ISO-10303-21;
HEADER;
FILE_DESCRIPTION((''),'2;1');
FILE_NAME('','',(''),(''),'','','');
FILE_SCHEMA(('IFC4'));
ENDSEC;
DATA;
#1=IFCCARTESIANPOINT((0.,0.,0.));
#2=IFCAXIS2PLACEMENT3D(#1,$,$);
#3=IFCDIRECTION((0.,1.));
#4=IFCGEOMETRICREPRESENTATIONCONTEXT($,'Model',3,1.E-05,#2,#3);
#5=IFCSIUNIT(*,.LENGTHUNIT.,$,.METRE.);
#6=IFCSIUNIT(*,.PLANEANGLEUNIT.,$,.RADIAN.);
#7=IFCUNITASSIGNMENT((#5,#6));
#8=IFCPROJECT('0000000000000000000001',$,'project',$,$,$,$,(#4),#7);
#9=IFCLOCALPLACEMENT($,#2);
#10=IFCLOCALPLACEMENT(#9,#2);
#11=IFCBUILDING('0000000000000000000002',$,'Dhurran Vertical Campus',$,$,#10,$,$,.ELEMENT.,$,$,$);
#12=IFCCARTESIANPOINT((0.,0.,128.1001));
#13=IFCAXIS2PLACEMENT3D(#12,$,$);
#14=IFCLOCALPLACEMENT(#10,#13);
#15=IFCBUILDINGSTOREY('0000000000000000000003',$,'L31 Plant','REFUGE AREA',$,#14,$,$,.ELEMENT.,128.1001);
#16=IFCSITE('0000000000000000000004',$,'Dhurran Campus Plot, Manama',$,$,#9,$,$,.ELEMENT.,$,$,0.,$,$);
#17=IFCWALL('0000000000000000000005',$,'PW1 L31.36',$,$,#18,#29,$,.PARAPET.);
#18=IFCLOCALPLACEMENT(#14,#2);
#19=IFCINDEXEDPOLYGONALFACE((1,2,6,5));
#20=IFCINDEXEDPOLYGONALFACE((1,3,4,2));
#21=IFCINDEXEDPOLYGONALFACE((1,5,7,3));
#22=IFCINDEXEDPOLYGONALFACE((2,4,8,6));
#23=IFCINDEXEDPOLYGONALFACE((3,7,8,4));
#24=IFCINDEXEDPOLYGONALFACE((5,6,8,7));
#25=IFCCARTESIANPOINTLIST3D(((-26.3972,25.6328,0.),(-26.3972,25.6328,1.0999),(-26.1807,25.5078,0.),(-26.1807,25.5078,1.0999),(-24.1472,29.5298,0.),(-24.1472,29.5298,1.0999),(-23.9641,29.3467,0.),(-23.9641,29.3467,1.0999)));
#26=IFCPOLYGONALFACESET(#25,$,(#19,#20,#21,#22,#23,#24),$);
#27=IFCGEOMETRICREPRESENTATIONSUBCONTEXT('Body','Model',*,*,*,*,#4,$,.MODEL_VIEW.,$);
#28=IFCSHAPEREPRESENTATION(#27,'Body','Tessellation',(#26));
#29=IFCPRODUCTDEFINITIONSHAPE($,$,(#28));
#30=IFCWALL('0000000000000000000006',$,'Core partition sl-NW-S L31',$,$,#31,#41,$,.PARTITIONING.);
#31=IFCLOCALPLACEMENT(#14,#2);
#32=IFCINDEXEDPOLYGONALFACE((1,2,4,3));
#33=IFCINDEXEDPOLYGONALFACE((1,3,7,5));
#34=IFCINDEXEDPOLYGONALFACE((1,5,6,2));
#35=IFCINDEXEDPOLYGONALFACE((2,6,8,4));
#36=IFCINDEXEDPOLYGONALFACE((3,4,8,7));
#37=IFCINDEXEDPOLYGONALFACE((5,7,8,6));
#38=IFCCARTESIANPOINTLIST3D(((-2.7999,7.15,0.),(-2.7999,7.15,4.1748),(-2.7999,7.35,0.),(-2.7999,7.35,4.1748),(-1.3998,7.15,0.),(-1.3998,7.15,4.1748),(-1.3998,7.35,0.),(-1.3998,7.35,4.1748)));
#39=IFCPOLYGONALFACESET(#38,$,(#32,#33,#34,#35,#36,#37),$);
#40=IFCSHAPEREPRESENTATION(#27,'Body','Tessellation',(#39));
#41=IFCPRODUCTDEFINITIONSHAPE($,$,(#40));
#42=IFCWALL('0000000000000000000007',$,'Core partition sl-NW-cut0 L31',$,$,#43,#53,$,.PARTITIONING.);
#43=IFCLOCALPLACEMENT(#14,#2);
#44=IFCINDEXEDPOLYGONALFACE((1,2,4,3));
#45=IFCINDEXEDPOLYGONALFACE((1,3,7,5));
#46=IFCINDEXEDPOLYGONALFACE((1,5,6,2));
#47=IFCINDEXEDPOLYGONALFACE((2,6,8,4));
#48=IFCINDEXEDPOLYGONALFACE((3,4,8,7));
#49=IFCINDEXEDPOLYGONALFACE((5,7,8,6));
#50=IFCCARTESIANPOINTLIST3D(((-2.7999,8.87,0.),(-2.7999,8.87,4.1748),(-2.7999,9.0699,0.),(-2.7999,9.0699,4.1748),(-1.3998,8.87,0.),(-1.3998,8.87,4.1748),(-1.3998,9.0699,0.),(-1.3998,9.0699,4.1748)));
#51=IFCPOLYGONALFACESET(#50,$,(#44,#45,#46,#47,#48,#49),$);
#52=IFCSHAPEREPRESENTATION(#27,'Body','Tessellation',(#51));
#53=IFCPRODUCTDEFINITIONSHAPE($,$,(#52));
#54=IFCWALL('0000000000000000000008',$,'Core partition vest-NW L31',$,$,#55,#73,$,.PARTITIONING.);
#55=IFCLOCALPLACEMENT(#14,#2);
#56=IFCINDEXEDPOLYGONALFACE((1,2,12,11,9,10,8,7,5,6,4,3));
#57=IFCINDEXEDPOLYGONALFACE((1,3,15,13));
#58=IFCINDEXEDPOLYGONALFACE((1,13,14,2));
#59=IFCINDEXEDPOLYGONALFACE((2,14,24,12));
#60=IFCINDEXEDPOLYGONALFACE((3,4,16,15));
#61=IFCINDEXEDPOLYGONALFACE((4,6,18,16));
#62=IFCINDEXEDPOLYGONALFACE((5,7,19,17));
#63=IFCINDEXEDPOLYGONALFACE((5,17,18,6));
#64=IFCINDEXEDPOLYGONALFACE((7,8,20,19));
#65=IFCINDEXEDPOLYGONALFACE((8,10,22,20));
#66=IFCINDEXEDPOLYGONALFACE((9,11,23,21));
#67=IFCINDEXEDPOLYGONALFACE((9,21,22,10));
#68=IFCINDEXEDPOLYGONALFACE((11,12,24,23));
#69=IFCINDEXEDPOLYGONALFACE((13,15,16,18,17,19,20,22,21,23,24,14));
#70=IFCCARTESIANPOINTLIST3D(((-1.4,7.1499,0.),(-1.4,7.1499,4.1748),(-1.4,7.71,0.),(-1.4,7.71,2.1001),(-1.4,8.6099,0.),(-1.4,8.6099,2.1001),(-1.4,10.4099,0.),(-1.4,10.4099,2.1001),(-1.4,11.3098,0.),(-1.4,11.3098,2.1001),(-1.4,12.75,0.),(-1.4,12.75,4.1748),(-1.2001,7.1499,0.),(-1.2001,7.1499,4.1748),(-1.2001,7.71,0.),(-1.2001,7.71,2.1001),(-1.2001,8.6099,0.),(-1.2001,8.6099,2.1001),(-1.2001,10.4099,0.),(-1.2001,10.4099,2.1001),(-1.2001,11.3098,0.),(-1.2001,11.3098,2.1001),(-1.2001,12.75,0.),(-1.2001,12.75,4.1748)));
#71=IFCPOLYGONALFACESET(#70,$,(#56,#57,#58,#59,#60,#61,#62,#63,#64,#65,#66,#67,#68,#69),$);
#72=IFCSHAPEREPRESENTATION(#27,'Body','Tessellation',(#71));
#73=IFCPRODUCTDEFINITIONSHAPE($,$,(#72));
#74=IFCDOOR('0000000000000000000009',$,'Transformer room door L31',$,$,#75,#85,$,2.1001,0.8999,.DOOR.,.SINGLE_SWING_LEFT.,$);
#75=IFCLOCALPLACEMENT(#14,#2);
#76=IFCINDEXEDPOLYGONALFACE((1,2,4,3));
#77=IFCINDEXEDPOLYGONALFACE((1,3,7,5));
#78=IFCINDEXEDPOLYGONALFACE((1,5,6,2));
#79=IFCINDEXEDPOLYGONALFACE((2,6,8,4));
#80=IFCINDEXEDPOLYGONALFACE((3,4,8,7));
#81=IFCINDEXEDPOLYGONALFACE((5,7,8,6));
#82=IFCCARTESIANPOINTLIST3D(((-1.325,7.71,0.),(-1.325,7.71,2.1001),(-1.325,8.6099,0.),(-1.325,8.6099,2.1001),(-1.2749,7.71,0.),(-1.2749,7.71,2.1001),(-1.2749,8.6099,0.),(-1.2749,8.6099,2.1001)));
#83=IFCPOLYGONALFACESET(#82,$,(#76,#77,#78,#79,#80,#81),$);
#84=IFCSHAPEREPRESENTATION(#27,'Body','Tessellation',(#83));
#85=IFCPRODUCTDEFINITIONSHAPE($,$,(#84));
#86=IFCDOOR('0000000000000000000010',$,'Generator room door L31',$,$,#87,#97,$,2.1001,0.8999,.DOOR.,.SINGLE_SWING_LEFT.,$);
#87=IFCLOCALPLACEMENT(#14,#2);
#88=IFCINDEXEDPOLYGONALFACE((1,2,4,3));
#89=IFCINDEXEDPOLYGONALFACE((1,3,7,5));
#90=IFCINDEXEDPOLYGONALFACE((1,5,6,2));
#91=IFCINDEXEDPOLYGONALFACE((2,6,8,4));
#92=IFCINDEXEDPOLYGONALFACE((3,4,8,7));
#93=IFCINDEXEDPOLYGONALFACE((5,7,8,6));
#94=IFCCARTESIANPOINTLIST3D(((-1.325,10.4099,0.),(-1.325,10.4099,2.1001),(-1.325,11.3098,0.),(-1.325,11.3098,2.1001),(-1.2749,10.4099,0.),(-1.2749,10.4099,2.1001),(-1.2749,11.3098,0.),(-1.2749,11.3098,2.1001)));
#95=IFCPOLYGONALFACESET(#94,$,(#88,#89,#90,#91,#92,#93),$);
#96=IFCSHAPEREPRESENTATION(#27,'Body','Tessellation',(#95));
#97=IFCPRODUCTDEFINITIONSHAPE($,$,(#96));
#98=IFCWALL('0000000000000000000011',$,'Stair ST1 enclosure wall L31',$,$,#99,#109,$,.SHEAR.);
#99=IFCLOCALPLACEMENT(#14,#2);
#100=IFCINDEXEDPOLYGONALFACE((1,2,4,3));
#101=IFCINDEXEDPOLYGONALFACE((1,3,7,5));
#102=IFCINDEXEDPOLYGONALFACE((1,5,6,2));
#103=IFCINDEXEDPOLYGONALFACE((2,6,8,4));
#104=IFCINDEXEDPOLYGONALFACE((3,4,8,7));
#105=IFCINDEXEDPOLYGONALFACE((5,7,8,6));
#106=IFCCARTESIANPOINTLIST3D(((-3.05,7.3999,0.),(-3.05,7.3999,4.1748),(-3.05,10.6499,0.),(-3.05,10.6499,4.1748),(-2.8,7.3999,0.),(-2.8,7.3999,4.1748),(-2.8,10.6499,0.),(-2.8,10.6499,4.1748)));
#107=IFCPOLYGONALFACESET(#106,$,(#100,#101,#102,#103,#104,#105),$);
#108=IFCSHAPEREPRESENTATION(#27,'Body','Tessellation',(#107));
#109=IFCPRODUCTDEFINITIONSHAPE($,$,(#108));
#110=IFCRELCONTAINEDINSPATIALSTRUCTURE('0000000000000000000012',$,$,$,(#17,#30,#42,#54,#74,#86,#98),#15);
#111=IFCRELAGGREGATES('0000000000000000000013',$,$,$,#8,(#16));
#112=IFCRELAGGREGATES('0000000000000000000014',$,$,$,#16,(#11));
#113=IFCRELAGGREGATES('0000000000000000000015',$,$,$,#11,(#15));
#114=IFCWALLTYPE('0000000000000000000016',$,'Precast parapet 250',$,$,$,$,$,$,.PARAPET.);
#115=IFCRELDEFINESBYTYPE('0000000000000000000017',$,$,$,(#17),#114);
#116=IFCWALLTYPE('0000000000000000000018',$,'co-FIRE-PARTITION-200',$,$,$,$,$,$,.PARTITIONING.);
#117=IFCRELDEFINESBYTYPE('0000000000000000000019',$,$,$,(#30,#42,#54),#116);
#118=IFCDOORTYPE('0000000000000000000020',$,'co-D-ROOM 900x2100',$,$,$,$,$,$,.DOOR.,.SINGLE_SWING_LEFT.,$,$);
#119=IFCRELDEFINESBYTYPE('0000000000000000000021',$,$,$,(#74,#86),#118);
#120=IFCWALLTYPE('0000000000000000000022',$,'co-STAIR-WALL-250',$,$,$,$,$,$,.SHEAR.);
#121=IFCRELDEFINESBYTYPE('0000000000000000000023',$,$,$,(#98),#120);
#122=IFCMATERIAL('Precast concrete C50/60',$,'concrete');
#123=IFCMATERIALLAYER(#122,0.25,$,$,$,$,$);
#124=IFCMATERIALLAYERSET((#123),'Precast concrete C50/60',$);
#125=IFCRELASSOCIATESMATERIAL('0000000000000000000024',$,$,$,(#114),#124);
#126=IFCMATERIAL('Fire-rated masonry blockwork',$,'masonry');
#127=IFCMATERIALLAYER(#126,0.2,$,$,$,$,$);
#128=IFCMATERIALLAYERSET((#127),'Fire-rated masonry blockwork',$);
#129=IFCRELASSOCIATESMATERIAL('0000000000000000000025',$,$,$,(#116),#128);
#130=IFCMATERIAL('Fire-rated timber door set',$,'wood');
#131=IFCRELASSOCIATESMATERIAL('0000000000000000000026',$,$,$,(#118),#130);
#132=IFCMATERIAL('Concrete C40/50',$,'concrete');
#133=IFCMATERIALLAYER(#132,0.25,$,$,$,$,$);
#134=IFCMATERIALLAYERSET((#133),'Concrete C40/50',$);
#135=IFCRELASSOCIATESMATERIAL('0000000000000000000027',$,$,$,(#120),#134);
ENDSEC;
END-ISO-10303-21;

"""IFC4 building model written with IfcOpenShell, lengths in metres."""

from ifc_helpers import new_model, si_unit, direction, frame, frame_2d, origin, place, context, subcontext, project, spatial, polyline, rectangle, outline, extrude, material, layer, layer_set, type_object, element, fill, save


model = new_model("IFC4")

# Units and contexts
model_context = context("Model", 3, precision=1e-05, world=origin(), true_north=direction((0.0, 1.0)))
body_context = subcontext(model_context, "Body", "Model", "MODEL_VIEW")
ifc_project = project(units=[si_unit("LENGTHUNIT", "METRE"), si_unit("PLANEANGLEUNIT", "RADIAN")], contexts=[model_context])

# Site, building, storey
site_placement = place(None, origin())
site = spatial("IfcSite", under=ifc_project, at=site_placement, Name="Dhurran Campus Plot, Manama", CompositionType="ELEMENT", RefElevation=0.0)
building_placement = place(site_placement, origin())
building = spatial("IfcBuilding", under=site, at=building_placement, Name="Dhurran Vertical Campus", CompositionType="ELEMENT")
storey_placement = place(building_placement, frame((0.0, 0.0, 128.1001)))
storey = spatial("IfcBuildingStorey", under=building, at=storey_placement, Name="L31 Plant", Description="REFUGE AREA", CompositionType="ELEMENT", Elevation=128.1001)

# Walls
ifc_material_1 = material(Name="Precast concrete C50/60", Category="concrete")
ifc_layer_1 = layer(ifc_material_1, 0.25)
ifc_layer_set_1 = layer_set([ifc_layer_1], Name="Precast concrete C50/60")
wall_type_1 = type_object("IfcWallType", Name="Precast parapet 250", PredefinedType="PARAPET", material=ifc_layer_set_1)
wall_1_placement = place(storey_placement, origin())
element("IfcWall", 1, at=wall_1_placement, inside=storey, type_object=wall_type_1, Name="PW1 L31.36", PredefinedType="PARAPET", context=body_context, shape_type="SweptSolid", body=[
    extrude(outline(polyline([(-24.1472, 29.5298), (-26.3972, 25.6328), (-26.1807, 25.5078), (-23.9641, 29.3467), (-24.1472, 29.5298)])), origin(), (0.0, 0.0, 1.0), 1.0999),
])
ifc_material_2 = material(Name="Fire-rated masonry blockwork", Category="masonry")
ifc_layer_2 = layer(ifc_material_2, 0.2)
ifc_layer_set_2 = layer_set([ifc_layer_2], Name="Fire-rated masonry blockwork")
wall_type_2 = type_object("IfcWallType", Name="co-FIRE-PARTITION-200", PredefinedType="PARTITIONING", material=ifc_layer_set_2)
for number, where, z_axis, x_axis, name in (
    (2, (-2.8, 7.25, 0.0), (0.0, 0.0, 1.0), (1.0, 0.0, 0.0), "Core partition sl-NW-S L31"),
    (3, (-2.8, 8.97, 0.0), (0.0, 0.0, 1.0), (1.0, 0.0, 0.0), "Core partition sl-NW-cut0 L31"),
):
    element("IfcWall", number, at=place(storey_placement, frame(where, z_axis=z_axis, x_axis=x_axis)), inside=storey, type_object=wall_type_2, Name=name, PredefinedType="PARTITIONING", context=body_context, shape_type="SweptSolid", body=[
        extrude(rectangle(XDim=1.4001, YDim=0.2, at=frame_2d((0.7002, 0.0))), origin(), (0.0, 0.0, 1.0), 4.1748),
    ])

# Wall, openings, doors
wall_2_placement = place(storey_placement, frame((-1.3, 7.1499, 0.0), z_axis=(0.0, 0.0, 1.0), x_axis=(0.0, 1.0, 0.0)))
wall_2 = element("IfcWall", 4, at=wall_2_placement, inside=storey, type_object=wall_type_2, Name="Core partition vest-NW L31", PredefinedType="PARTITIONING", context=body_context, shape_type="SweptSolid", body=[
    extrude(rectangle(XDim=5.6001, YDim=0.2, at=frame_2d((2.8, 0.0))), origin(), (0.0, 0.0, 1.0), 4.1748),
])
opening_1_placement = place(wall_2_placement, frame((0.5601, 0.0, 0.0)))
opening_1 = element("IfcOpeningElement", 5, at=opening_1_placement, cuts=wall_2, PredefinedType="OPENING", context=body_context, shape_type="SweptSolid", body=[
    extrude(rectangle(XDim=0.8999, YDim=2.1001, at=frame_2d((0.45, 1.05))), frame((0.0, 0.1099, 0.0), z_axis=(0.0, -1.0, 0.0), x_axis=(1.0, 0.0, 0.0)), (0.0, 0.0, 1.0), 0.22),
])
opening_2_placement = place(wall_2_placement, frame((3.26, 0.0, 0.0)))
opening_2 = element("IfcOpeningElement", 6, at=opening_2_placement, cuts=wall_2, PredefinedType="OPENING", context=body_context, shape_type="SweptSolid", body=[
    extrude(rectangle(XDim=0.8999, YDim=2.1001, at=frame_2d((0.45, 1.05))), frame((0.0, 0.1099, 0.0), z_axis=(0.0, -1.0, 0.0), x_axis=(1.0, 0.0, 0.0)), (0.0, 0.0, 1.0), 0.22),
])
ifc_material_3 = material(Name="Fire-rated timber door set", Category="wood")
door_type = type_object("IfcDoorType", Name="co-D-ROOM 900x2100", OperationType="SINGLE_SWING_LEFT", PredefinedType="DOOR", material=ifc_material_3)
door_1_placement = place(opening_1_placement, origin())
door_1 = element("IfcDoor", 7, at=door_1_placement, inside=storey, type_object=door_type, Name="Transformer room door L31", OperationType="SINGLE_SWING_LEFT", OverallHeight=2.1001, OverallWidth=0.8999, PredefinedType="DOOR", context=body_context, shape_type="SweptSolid", body=[
    extrude(rectangle(XDim=0.8999, YDim=2.1001, at=frame_2d((0.45, 1.05))), frame((0.0, 0.0249, 0.0), z_axis=(0.0, -1.0, 0.0), x_axis=(1.0, 0.0, 0.0)), (0.0, 0.0, 1.0), 0.05),
])
fill(opening_1, door_1)
door_2_placement = place(opening_2_placement, origin())
door_2 = element("IfcDoor", 8, at=door_2_placement, inside=storey, type_object=door_type, Name="Generator room door L31", OperationType="SINGLE_SWING_LEFT", OverallHeight=2.1001, OverallWidth=0.8999, PredefinedType="DOOR", context=body_context, shape_type="SweptSolid", body=[
    extrude(rectangle(XDim=0.8999, YDim=2.1001, at=frame_2d((0.45, 1.05))), frame((0.0, 0.0249, 0.0), z_axis=(0.0, -1.0, 0.0), x_axis=(1.0, 0.0, 0.0)), (0.0, 0.0, 1.0), 0.05),
])
fill(opening_2, door_2)

# Wall
ifc_material_4 = material(Name="Concrete C40/50", Category="concrete")
ifc_layer_3 = layer(ifc_material_4, 0.25)
ifc_layer_set_3 = layer_set([ifc_layer_3], Name="Concrete C40/50")
wall_type_3 = type_object("IfcWallType", Name="co-STAIR-WALL-250", PredefinedType="SHEAR", material=ifc_layer_set_3)
wall_3_placement = place(storey_placement, frame((-2.925, 7.3999, 0.0), z_axis=(0.0, 0.0, 1.0), x_axis=(0.0, 1.0, 0.0)))
element("IfcWall", 9, at=wall_3_placement, inside=storey, type_object=wall_type_3, Name="Stair ST1 enclosure wall L31", PredefinedType="SHEAR", context=body_context, shape_type="SweptSolid", body=[
    extrude(rectangle(XDim=3.25, YDim=0.25, at=frame_2d((1.625, 0.0))), origin(), (0.0, 0.0, 1.0), 4.1748),
])

save(model, "model.ifc")
